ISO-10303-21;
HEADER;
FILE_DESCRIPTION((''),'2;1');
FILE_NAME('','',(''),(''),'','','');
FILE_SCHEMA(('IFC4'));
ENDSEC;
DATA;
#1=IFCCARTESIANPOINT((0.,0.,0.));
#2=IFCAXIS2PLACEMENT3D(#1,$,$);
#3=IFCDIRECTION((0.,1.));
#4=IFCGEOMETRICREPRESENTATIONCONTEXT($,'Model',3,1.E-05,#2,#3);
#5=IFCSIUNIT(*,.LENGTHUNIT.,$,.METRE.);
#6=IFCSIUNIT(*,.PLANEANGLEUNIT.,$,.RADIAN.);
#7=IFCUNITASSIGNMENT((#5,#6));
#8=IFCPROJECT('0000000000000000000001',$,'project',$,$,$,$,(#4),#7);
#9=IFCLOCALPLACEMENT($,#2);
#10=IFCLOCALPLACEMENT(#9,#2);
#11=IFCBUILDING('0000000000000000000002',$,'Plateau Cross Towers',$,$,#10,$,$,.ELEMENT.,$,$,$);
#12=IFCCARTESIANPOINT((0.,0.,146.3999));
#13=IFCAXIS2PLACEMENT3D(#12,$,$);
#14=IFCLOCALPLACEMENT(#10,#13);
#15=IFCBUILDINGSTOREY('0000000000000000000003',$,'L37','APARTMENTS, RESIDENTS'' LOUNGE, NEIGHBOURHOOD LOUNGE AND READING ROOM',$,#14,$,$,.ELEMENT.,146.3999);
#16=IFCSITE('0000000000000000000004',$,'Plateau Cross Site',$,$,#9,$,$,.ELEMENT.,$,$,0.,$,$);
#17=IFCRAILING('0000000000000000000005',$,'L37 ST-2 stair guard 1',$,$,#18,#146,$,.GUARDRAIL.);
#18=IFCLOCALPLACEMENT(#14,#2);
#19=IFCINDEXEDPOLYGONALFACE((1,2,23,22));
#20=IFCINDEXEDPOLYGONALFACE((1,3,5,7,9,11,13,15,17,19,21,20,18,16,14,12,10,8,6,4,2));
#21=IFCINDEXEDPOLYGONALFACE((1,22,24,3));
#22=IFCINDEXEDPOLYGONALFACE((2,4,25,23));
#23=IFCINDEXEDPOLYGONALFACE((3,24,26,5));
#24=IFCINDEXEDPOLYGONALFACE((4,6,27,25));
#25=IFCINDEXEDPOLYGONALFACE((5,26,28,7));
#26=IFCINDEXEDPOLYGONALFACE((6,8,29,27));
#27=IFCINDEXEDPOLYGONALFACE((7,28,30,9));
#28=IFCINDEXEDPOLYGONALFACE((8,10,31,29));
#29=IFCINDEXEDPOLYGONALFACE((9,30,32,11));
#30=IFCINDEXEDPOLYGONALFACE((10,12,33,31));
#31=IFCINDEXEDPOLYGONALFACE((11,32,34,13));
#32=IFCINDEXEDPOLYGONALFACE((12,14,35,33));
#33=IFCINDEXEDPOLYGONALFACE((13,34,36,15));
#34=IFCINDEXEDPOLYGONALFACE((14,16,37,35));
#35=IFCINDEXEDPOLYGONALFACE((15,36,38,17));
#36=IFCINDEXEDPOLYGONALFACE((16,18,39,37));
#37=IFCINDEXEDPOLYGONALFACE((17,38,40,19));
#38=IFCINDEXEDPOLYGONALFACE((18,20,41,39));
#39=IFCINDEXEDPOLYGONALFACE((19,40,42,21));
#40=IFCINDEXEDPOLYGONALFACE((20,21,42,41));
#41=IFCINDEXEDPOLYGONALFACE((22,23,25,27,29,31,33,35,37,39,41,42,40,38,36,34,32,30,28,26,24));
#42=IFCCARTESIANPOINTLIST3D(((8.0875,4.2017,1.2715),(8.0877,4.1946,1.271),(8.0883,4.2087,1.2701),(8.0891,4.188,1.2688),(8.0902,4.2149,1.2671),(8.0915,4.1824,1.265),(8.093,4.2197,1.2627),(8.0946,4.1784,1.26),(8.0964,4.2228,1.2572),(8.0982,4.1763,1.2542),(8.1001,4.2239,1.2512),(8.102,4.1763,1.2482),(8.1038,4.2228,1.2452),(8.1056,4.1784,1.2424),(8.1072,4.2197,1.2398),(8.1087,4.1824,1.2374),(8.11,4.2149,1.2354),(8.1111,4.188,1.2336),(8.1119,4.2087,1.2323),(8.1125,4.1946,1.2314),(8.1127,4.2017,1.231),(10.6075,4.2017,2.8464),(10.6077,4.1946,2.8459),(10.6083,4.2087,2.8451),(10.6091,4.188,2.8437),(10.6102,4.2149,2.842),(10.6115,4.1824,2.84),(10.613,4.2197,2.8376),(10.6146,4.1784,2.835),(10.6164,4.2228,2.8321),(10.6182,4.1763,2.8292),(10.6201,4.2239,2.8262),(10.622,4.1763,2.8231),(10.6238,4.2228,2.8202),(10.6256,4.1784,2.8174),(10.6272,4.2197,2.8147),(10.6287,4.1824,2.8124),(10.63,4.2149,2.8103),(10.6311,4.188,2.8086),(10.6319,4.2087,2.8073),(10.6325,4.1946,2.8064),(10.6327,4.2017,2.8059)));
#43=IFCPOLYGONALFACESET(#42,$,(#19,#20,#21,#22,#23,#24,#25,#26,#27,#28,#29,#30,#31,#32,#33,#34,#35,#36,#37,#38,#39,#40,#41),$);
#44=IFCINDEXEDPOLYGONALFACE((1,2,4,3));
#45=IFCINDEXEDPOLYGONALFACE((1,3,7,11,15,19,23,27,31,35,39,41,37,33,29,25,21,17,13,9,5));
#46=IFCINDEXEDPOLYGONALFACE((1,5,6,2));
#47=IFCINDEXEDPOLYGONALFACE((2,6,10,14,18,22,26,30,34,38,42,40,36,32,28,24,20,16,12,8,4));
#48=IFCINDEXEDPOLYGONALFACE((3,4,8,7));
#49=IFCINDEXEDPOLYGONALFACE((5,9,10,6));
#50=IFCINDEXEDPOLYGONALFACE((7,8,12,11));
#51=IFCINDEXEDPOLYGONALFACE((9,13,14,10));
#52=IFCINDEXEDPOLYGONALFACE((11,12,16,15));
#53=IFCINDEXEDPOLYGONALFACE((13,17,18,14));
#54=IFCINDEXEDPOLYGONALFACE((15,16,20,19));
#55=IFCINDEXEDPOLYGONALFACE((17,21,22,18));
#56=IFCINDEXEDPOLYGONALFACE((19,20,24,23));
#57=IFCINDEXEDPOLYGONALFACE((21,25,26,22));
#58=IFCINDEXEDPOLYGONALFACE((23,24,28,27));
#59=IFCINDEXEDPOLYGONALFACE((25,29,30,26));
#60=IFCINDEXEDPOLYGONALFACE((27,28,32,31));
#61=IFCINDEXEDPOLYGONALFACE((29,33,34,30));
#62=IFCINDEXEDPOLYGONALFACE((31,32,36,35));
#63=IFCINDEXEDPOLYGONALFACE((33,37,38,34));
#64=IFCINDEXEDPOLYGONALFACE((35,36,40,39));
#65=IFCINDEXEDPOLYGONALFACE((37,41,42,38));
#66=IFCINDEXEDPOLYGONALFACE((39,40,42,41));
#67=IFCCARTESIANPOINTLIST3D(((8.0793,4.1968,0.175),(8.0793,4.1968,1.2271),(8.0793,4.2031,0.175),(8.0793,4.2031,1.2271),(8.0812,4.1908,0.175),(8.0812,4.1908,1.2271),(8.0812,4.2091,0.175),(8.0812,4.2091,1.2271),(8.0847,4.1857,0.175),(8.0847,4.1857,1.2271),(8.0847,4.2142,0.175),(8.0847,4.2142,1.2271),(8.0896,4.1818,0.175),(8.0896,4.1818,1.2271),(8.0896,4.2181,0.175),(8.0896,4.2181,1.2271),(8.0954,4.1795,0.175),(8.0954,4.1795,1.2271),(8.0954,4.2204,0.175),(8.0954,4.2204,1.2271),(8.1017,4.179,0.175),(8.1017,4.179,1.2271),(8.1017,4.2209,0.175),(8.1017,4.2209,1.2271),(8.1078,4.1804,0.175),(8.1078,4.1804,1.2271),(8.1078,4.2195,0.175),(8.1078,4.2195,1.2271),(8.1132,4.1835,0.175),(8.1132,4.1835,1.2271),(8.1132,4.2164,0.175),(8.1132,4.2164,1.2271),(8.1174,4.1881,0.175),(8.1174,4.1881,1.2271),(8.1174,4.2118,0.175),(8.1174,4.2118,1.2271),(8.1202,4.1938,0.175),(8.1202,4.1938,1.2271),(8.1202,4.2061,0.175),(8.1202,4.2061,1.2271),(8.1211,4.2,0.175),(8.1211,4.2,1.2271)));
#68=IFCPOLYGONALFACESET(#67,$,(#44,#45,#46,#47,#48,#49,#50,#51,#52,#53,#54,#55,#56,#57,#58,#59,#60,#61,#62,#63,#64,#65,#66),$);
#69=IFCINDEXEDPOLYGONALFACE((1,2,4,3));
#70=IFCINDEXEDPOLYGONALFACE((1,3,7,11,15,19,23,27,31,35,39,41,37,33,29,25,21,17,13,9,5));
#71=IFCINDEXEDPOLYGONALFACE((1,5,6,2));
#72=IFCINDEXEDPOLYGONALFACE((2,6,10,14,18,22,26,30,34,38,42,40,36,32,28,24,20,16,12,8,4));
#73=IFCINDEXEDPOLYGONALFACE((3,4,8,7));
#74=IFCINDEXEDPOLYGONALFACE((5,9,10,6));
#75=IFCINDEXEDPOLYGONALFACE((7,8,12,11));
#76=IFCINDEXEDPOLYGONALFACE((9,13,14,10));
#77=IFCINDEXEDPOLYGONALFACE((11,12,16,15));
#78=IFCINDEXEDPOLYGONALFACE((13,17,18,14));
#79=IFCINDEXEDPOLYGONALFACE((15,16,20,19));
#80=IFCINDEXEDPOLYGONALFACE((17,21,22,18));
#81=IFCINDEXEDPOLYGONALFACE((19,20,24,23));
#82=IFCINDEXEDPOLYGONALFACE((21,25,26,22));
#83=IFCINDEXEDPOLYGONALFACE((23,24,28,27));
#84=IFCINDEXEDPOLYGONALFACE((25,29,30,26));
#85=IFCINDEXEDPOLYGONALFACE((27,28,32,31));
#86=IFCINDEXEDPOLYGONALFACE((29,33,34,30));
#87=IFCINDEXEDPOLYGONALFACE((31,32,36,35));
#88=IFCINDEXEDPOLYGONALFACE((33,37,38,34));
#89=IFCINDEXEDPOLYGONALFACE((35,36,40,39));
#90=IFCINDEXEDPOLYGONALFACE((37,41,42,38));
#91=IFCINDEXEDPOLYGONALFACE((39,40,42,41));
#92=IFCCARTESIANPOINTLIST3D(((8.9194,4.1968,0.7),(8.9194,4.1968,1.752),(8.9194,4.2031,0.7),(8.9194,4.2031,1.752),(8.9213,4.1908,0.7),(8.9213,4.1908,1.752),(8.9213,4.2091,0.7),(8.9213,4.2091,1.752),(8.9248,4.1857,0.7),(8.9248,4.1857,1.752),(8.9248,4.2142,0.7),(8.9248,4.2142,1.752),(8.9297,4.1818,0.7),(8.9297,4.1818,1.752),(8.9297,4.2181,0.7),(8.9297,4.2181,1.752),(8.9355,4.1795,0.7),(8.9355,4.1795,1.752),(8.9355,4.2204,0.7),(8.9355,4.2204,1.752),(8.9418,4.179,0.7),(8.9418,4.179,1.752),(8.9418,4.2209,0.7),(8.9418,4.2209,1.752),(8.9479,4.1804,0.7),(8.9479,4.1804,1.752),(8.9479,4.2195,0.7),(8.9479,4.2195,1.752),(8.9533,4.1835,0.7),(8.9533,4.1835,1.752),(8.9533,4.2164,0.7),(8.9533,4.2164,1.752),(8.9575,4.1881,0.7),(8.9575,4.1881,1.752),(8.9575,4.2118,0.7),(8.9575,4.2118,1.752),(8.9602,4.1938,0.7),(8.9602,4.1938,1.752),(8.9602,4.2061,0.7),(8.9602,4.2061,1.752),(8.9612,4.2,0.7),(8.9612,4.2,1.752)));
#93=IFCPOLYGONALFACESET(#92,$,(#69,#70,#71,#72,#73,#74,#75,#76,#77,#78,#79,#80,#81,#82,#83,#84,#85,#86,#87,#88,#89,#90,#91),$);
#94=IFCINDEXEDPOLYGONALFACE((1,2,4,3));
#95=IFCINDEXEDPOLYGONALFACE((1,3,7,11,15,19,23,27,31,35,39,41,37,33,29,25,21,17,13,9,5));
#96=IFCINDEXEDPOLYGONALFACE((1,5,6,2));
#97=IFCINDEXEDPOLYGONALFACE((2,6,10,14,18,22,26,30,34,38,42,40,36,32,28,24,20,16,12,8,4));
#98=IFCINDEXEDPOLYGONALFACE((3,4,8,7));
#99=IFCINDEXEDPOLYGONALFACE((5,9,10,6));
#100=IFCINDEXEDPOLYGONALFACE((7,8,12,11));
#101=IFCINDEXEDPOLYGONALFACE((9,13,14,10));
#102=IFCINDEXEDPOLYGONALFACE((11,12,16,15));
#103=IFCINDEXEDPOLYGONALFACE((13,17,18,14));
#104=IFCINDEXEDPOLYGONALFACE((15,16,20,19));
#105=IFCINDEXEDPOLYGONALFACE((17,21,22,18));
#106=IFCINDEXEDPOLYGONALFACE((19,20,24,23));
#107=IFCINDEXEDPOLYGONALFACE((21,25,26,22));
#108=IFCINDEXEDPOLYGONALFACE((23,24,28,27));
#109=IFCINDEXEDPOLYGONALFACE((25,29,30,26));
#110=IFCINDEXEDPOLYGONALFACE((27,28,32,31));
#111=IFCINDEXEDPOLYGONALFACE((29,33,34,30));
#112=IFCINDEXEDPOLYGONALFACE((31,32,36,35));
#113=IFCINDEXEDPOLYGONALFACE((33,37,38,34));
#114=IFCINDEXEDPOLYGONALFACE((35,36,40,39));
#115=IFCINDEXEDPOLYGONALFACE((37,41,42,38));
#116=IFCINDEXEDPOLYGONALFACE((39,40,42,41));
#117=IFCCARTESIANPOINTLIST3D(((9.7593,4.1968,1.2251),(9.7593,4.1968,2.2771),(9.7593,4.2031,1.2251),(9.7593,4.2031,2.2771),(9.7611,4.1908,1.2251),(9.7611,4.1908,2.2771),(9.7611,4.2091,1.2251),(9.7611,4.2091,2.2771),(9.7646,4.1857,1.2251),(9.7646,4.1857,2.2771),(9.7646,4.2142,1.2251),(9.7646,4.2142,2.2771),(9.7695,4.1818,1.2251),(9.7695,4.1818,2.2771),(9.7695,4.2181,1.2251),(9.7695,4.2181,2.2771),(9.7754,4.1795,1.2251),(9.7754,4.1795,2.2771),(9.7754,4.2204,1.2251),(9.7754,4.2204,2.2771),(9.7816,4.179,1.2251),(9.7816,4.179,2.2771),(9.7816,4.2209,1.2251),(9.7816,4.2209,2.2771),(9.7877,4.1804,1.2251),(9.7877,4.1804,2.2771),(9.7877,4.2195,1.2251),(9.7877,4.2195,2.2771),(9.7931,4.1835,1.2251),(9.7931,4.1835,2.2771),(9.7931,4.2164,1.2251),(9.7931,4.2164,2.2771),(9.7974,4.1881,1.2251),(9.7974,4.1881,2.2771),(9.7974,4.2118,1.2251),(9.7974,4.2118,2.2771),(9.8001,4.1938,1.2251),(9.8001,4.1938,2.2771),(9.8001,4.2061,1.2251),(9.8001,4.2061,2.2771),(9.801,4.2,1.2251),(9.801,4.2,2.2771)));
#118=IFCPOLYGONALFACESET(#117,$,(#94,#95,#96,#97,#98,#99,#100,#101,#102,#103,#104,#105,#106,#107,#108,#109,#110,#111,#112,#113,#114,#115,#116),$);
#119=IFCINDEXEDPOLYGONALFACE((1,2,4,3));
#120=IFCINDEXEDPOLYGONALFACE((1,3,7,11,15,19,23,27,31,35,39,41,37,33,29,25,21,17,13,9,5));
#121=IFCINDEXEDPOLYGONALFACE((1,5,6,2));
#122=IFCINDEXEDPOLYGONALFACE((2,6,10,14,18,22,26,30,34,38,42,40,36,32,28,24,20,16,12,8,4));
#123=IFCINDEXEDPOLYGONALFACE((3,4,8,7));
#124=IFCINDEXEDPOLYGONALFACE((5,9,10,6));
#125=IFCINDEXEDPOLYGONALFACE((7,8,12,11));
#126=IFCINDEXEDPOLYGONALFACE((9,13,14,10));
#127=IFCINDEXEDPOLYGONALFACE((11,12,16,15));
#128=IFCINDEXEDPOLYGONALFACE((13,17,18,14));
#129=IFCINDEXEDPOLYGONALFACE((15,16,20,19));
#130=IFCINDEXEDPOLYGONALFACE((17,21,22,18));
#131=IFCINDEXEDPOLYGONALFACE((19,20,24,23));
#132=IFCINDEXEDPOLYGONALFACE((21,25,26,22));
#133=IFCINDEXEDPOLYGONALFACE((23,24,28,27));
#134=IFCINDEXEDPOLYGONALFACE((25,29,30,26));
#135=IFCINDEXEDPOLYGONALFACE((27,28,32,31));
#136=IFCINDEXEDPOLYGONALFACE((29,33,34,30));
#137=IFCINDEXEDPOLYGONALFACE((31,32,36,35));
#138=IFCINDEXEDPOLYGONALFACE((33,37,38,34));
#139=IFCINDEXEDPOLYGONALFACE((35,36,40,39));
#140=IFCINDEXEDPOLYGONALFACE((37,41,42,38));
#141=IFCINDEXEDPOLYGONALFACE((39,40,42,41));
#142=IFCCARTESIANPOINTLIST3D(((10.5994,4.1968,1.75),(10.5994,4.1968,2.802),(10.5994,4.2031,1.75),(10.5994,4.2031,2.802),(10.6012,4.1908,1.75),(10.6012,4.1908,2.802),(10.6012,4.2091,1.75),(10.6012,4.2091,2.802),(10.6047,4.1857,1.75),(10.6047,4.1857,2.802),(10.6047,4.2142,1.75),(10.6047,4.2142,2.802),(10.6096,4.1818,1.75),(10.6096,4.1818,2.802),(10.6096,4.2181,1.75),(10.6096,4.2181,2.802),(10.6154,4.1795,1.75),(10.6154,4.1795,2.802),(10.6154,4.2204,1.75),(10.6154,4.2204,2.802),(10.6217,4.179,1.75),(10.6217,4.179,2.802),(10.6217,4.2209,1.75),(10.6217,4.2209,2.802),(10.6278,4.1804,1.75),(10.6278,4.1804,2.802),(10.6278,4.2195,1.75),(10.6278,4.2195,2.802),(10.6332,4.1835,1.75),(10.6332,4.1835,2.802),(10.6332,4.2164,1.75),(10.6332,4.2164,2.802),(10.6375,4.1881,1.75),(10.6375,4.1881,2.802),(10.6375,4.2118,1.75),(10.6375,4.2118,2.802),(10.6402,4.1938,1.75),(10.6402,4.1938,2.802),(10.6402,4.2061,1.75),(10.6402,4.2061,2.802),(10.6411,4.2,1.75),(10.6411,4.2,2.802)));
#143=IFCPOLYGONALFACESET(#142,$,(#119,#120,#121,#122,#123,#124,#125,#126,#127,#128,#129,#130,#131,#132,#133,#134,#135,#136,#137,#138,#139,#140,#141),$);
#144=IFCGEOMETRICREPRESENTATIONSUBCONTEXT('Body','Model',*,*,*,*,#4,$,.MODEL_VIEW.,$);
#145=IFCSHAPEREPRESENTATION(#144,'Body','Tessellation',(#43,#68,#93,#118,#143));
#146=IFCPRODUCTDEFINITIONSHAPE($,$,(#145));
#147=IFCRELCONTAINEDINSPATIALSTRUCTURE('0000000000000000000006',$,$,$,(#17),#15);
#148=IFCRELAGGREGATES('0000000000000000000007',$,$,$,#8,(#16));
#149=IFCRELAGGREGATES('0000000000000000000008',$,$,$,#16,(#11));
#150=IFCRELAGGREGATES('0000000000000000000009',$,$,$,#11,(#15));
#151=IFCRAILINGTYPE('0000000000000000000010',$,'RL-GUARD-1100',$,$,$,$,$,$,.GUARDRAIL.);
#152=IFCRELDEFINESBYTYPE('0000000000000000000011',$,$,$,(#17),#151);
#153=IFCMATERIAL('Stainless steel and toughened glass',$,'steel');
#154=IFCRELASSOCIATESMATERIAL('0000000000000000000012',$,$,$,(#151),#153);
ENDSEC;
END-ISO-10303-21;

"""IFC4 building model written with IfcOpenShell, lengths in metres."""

from ifc_helpers import new_model, si_unit, direction, frame, origin, origin_2d, place, context, subcontext, project, spatial, circle, extrude, material, type_object, element, save


model = new_model("IFC4")

# Units and contexts
model_context = context("Model", 3, precision=1e-05, world=origin(), true_north=direction((0.0, 1.0)))
body_context = subcontext(model_context, "Body", "Model", "MODEL_VIEW")
ifc_project = project(units=[si_unit("LENGTHUNIT", "METRE"), si_unit("PLANEANGLEUNIT", "RADIAN")], contexts=[model_context])

# Site, building, storey
site_placement = place(None, origin())
site = spatial("IfcSite", under=ifc_project, at=site_placement, Name="Plateau Cross Site", CompositionType="ELEMENT", RefElevation=0.0)
building_placement = place(site_placement, origin())
building = spatial("IfcBuilding", under=site, at=building_placement, Name="Plateau Cross Towers", CompositionType="ELEMENT")
storey_placement = place(building_placement, frame((0.0, 0.0, 146.3999)))
storey = spatial("IfcBuildingStorey", under=building, at=storey_placement, Name="L37", Description="APARTMENTS, RESIDENTS' LOUNGE, NEIGHBOURHOOD LOUNGE AND READING ROOM", CompositionType="ELEMENT", Elevation=146.3999)

# Railing
ifc_material_1 = material(Name="Stainless steel and toughened glass", Category="steel")
railing_type_1 = type_object("IfcRailingType", Name="RL-GUARD-1100", PredefinedType="GUARDRAIL", material=ifc_material_1)
railing_1_placement = place(storey_placement, frame((8.1001, 4.2, 0.175)))
element("IfcRailing", 1, at=railing_1_placement, inside=storey, type_object=railing_type_1, Name="L37 ST-2 stair guard 1", PredefinedType="GUARDRAIL", context=body_context, shape_type="SweptSolid", body=[
    extrude(circle(Radius=0.0239, at=origin_2d()), frame((0.0, 0.0, 1.0762), z_axis=(0.848008, 0.0, 0.529984), x_axis=(0.0, 1.0, 0.0)), (0.0, 0.0, 1.0), 2.9717),
    extrude(circle(Radius=0.021, at=origin_2d()), origin(), (0.0, 0.0, 1.0), 1.052),
    extrude(circle(Radius=0.021, at=origin_2d()), frame((0.8401, 0.0, 0.5249)), (0.0, 0.0, 1.0), 1.052),
    extrude(circle(Radius=0.021, at=origin_2d()), frame((1.6799, 0.0, 1.05)), (0.0, 0.0, 1.0), 1.052),
    extrude(circle(Radius=0.021, at=origin_2d()), frame((2.52, 0.0, 1.575)), (0.0, 0.0, 1.0), 1.052),
])

save(model, "model.ifc")
